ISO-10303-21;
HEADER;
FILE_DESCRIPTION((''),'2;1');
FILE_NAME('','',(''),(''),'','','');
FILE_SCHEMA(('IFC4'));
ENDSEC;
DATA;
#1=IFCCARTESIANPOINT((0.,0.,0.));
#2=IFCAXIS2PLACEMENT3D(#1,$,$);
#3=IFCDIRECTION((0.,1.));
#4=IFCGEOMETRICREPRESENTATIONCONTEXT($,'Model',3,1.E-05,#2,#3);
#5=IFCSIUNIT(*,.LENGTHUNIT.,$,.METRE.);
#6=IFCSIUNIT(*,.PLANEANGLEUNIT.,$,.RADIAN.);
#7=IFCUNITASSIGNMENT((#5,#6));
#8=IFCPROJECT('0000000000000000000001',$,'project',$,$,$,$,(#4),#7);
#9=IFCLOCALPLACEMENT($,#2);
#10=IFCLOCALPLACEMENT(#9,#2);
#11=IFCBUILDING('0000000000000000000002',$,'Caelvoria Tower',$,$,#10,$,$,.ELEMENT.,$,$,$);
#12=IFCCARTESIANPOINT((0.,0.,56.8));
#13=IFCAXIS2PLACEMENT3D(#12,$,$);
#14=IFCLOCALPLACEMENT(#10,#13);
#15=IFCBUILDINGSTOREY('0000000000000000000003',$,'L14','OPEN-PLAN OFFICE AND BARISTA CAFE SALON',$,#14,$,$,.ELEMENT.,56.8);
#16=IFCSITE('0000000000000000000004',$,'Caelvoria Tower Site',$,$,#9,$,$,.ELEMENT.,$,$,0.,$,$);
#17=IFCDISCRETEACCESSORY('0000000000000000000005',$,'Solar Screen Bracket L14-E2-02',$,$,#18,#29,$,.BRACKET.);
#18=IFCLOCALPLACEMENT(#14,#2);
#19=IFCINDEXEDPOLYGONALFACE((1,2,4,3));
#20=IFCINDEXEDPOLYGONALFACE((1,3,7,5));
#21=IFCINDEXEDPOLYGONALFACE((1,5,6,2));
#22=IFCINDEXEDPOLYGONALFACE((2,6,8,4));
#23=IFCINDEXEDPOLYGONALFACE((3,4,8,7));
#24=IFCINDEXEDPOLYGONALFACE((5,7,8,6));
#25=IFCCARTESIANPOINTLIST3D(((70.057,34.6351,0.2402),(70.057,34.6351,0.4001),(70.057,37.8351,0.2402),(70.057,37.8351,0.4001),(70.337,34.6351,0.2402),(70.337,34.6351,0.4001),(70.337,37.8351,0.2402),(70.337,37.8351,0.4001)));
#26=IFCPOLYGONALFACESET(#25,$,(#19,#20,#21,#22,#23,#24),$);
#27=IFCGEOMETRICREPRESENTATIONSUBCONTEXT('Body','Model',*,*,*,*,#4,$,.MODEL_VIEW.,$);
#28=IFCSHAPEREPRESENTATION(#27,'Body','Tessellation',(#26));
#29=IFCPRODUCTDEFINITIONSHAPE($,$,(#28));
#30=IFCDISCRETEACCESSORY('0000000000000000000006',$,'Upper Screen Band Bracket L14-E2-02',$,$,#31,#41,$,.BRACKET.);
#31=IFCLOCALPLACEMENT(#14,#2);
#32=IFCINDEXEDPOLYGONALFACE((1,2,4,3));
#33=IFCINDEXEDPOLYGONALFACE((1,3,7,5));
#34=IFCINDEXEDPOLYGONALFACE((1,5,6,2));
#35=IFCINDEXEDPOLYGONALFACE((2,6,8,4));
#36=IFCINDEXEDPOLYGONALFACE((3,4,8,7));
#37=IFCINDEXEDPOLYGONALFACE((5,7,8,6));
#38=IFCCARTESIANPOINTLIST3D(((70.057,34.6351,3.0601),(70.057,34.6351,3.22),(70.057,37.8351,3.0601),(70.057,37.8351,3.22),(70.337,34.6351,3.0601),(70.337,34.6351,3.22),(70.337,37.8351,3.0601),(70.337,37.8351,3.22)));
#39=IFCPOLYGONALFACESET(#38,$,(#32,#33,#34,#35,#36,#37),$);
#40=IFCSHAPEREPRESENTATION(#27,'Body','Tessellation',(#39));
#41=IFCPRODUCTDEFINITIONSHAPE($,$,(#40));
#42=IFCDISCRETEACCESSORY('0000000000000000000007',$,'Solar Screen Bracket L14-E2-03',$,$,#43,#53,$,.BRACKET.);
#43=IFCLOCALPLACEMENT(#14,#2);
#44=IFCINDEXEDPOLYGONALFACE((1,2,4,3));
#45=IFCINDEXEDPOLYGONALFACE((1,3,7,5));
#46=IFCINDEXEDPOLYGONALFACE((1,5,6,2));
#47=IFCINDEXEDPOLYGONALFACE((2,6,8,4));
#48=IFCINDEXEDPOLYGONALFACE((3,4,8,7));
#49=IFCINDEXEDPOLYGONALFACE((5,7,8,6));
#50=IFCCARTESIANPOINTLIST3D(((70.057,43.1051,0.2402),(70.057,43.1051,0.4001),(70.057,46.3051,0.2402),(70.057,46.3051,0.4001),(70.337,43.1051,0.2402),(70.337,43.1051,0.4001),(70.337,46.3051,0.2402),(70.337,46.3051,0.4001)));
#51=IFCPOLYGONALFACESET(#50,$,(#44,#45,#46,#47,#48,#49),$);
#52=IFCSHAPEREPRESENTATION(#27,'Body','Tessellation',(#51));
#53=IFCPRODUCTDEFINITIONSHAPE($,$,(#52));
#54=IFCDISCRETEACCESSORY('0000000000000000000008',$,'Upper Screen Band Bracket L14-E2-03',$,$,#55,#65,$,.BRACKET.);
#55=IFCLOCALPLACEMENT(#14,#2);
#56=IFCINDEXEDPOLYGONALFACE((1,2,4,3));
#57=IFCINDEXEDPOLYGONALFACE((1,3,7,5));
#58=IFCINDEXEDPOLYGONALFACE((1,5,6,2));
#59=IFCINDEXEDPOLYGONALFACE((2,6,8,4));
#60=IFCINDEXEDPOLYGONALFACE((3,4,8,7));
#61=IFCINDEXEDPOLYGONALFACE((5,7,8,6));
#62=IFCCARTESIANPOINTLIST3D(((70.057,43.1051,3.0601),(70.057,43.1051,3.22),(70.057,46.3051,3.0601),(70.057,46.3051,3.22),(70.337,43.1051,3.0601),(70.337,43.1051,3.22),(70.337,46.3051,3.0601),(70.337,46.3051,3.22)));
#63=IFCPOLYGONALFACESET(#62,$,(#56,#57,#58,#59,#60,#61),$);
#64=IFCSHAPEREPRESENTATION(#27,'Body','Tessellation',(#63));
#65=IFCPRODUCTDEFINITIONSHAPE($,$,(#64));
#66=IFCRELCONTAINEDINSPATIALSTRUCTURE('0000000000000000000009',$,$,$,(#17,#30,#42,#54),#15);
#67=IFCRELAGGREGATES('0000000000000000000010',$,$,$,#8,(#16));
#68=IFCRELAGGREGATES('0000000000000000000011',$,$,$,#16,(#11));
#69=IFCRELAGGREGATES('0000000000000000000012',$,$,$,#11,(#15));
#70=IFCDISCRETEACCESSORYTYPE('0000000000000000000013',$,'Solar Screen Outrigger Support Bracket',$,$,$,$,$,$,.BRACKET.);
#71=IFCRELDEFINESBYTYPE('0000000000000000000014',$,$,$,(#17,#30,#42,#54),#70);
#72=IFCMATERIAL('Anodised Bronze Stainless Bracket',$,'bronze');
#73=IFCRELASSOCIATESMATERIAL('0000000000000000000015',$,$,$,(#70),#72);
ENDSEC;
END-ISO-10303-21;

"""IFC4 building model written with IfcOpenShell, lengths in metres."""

from ifc_helpers import new_model, si_unit, direction, frame, origin, origin_2d, place, context, subcontext, project, spatial, rectangle, extrude, material, type_object, element, save


model = new_model("IFC4")

# Units and contexts
model_context = context("Model", 3, precision=1e-05, world=origin(), true_north=direction((0.0, 1.0)))
body_context = subcontext(model_context, "Body", "Model", "MODEL_VIEW")
ifc_project = project(units=[si_unit("LENGTHUNIT", "METRE"), si_unit("PLANEANGLEUNIT", "RADIAN")], contexts=[model_context])

# Site, building, storey
site_placement = place(None, origin())
site = spatial("IfcSite", under=ifc_project, at=site_placement, Name="Caelvoria Tower Site", CompositionType="ELEMENT", RefElevation=0.0)
building_placement = place(site_placement, origin())
building = spatial("IfcBuilding", under=site, at=building_placement, Name="Caelvoria Tower", CompositionType="ELEMENT")
storey_placement = place(building_placement, frame((0.0, 0.0, 56.8)))
storey = spatial("IfcBuildingStorey", under=building, at=storey_placement, Name="L14", Description="OPEN-PLAN OFFICE AND BARISTA CAFE SALON", CompositionType="ELEMENT", Elevation=56.8)

# Discrete accessories
ifc_material_1 = material(Name="Anodised Bronze Stainless Bracket", Category="bronze")
discrete_accessory_type = type_object("IfcDiscreteAccessoryType", Name="Solar Screen Outrigger Support Bracket", PredefinedType="BRACKET", material=ifc_material_1)
for number, where, z_axis, x_axis, name in (
    (1, (70.197, 36.2351, 0.2402), (0.0, 0.0, 1.0), (0.0, 1.0, 0.0), "Solar Screen Bracket L14-E2-02"),
    (2, (70.197, 36.2351, 3.0601), (0.0, 0.0, 1.0), (0.0, 1.0, 0.0), "Upper Screen Band Bracket L14-E2-02"),
    (3, (70.197, 44.7051, 0.2402), (0.0, 0.0, 1.0), (0.0, 1.0, 0.0), "Solar Screen Bracket L14-E2-03"),
    (4, (70.197, 44.7051, 3.0601), (0.0, 0.0, 1.0), (0.0, 1.0, 0.0), "Upper Screen Band Bracket L14-E2-03"),
):
    element("IfcDiscreteAccessory", number, at=place(storey_placement, frame(where, z_axis=z_axis, x_axis=x_axis)), inside=storey, type_object=discrete_accessory_type, Name=name, PredefinedType="BRACKET", context=body_context, shape_type="SweptSolid", body=[
        extrude(rectangle(XDim=3.2, YDim=0.28, at=origin_2d()), origin(), (0.0, 0.0, 1.0), 0.1599),
    ])

save(model, "model.ifc")
